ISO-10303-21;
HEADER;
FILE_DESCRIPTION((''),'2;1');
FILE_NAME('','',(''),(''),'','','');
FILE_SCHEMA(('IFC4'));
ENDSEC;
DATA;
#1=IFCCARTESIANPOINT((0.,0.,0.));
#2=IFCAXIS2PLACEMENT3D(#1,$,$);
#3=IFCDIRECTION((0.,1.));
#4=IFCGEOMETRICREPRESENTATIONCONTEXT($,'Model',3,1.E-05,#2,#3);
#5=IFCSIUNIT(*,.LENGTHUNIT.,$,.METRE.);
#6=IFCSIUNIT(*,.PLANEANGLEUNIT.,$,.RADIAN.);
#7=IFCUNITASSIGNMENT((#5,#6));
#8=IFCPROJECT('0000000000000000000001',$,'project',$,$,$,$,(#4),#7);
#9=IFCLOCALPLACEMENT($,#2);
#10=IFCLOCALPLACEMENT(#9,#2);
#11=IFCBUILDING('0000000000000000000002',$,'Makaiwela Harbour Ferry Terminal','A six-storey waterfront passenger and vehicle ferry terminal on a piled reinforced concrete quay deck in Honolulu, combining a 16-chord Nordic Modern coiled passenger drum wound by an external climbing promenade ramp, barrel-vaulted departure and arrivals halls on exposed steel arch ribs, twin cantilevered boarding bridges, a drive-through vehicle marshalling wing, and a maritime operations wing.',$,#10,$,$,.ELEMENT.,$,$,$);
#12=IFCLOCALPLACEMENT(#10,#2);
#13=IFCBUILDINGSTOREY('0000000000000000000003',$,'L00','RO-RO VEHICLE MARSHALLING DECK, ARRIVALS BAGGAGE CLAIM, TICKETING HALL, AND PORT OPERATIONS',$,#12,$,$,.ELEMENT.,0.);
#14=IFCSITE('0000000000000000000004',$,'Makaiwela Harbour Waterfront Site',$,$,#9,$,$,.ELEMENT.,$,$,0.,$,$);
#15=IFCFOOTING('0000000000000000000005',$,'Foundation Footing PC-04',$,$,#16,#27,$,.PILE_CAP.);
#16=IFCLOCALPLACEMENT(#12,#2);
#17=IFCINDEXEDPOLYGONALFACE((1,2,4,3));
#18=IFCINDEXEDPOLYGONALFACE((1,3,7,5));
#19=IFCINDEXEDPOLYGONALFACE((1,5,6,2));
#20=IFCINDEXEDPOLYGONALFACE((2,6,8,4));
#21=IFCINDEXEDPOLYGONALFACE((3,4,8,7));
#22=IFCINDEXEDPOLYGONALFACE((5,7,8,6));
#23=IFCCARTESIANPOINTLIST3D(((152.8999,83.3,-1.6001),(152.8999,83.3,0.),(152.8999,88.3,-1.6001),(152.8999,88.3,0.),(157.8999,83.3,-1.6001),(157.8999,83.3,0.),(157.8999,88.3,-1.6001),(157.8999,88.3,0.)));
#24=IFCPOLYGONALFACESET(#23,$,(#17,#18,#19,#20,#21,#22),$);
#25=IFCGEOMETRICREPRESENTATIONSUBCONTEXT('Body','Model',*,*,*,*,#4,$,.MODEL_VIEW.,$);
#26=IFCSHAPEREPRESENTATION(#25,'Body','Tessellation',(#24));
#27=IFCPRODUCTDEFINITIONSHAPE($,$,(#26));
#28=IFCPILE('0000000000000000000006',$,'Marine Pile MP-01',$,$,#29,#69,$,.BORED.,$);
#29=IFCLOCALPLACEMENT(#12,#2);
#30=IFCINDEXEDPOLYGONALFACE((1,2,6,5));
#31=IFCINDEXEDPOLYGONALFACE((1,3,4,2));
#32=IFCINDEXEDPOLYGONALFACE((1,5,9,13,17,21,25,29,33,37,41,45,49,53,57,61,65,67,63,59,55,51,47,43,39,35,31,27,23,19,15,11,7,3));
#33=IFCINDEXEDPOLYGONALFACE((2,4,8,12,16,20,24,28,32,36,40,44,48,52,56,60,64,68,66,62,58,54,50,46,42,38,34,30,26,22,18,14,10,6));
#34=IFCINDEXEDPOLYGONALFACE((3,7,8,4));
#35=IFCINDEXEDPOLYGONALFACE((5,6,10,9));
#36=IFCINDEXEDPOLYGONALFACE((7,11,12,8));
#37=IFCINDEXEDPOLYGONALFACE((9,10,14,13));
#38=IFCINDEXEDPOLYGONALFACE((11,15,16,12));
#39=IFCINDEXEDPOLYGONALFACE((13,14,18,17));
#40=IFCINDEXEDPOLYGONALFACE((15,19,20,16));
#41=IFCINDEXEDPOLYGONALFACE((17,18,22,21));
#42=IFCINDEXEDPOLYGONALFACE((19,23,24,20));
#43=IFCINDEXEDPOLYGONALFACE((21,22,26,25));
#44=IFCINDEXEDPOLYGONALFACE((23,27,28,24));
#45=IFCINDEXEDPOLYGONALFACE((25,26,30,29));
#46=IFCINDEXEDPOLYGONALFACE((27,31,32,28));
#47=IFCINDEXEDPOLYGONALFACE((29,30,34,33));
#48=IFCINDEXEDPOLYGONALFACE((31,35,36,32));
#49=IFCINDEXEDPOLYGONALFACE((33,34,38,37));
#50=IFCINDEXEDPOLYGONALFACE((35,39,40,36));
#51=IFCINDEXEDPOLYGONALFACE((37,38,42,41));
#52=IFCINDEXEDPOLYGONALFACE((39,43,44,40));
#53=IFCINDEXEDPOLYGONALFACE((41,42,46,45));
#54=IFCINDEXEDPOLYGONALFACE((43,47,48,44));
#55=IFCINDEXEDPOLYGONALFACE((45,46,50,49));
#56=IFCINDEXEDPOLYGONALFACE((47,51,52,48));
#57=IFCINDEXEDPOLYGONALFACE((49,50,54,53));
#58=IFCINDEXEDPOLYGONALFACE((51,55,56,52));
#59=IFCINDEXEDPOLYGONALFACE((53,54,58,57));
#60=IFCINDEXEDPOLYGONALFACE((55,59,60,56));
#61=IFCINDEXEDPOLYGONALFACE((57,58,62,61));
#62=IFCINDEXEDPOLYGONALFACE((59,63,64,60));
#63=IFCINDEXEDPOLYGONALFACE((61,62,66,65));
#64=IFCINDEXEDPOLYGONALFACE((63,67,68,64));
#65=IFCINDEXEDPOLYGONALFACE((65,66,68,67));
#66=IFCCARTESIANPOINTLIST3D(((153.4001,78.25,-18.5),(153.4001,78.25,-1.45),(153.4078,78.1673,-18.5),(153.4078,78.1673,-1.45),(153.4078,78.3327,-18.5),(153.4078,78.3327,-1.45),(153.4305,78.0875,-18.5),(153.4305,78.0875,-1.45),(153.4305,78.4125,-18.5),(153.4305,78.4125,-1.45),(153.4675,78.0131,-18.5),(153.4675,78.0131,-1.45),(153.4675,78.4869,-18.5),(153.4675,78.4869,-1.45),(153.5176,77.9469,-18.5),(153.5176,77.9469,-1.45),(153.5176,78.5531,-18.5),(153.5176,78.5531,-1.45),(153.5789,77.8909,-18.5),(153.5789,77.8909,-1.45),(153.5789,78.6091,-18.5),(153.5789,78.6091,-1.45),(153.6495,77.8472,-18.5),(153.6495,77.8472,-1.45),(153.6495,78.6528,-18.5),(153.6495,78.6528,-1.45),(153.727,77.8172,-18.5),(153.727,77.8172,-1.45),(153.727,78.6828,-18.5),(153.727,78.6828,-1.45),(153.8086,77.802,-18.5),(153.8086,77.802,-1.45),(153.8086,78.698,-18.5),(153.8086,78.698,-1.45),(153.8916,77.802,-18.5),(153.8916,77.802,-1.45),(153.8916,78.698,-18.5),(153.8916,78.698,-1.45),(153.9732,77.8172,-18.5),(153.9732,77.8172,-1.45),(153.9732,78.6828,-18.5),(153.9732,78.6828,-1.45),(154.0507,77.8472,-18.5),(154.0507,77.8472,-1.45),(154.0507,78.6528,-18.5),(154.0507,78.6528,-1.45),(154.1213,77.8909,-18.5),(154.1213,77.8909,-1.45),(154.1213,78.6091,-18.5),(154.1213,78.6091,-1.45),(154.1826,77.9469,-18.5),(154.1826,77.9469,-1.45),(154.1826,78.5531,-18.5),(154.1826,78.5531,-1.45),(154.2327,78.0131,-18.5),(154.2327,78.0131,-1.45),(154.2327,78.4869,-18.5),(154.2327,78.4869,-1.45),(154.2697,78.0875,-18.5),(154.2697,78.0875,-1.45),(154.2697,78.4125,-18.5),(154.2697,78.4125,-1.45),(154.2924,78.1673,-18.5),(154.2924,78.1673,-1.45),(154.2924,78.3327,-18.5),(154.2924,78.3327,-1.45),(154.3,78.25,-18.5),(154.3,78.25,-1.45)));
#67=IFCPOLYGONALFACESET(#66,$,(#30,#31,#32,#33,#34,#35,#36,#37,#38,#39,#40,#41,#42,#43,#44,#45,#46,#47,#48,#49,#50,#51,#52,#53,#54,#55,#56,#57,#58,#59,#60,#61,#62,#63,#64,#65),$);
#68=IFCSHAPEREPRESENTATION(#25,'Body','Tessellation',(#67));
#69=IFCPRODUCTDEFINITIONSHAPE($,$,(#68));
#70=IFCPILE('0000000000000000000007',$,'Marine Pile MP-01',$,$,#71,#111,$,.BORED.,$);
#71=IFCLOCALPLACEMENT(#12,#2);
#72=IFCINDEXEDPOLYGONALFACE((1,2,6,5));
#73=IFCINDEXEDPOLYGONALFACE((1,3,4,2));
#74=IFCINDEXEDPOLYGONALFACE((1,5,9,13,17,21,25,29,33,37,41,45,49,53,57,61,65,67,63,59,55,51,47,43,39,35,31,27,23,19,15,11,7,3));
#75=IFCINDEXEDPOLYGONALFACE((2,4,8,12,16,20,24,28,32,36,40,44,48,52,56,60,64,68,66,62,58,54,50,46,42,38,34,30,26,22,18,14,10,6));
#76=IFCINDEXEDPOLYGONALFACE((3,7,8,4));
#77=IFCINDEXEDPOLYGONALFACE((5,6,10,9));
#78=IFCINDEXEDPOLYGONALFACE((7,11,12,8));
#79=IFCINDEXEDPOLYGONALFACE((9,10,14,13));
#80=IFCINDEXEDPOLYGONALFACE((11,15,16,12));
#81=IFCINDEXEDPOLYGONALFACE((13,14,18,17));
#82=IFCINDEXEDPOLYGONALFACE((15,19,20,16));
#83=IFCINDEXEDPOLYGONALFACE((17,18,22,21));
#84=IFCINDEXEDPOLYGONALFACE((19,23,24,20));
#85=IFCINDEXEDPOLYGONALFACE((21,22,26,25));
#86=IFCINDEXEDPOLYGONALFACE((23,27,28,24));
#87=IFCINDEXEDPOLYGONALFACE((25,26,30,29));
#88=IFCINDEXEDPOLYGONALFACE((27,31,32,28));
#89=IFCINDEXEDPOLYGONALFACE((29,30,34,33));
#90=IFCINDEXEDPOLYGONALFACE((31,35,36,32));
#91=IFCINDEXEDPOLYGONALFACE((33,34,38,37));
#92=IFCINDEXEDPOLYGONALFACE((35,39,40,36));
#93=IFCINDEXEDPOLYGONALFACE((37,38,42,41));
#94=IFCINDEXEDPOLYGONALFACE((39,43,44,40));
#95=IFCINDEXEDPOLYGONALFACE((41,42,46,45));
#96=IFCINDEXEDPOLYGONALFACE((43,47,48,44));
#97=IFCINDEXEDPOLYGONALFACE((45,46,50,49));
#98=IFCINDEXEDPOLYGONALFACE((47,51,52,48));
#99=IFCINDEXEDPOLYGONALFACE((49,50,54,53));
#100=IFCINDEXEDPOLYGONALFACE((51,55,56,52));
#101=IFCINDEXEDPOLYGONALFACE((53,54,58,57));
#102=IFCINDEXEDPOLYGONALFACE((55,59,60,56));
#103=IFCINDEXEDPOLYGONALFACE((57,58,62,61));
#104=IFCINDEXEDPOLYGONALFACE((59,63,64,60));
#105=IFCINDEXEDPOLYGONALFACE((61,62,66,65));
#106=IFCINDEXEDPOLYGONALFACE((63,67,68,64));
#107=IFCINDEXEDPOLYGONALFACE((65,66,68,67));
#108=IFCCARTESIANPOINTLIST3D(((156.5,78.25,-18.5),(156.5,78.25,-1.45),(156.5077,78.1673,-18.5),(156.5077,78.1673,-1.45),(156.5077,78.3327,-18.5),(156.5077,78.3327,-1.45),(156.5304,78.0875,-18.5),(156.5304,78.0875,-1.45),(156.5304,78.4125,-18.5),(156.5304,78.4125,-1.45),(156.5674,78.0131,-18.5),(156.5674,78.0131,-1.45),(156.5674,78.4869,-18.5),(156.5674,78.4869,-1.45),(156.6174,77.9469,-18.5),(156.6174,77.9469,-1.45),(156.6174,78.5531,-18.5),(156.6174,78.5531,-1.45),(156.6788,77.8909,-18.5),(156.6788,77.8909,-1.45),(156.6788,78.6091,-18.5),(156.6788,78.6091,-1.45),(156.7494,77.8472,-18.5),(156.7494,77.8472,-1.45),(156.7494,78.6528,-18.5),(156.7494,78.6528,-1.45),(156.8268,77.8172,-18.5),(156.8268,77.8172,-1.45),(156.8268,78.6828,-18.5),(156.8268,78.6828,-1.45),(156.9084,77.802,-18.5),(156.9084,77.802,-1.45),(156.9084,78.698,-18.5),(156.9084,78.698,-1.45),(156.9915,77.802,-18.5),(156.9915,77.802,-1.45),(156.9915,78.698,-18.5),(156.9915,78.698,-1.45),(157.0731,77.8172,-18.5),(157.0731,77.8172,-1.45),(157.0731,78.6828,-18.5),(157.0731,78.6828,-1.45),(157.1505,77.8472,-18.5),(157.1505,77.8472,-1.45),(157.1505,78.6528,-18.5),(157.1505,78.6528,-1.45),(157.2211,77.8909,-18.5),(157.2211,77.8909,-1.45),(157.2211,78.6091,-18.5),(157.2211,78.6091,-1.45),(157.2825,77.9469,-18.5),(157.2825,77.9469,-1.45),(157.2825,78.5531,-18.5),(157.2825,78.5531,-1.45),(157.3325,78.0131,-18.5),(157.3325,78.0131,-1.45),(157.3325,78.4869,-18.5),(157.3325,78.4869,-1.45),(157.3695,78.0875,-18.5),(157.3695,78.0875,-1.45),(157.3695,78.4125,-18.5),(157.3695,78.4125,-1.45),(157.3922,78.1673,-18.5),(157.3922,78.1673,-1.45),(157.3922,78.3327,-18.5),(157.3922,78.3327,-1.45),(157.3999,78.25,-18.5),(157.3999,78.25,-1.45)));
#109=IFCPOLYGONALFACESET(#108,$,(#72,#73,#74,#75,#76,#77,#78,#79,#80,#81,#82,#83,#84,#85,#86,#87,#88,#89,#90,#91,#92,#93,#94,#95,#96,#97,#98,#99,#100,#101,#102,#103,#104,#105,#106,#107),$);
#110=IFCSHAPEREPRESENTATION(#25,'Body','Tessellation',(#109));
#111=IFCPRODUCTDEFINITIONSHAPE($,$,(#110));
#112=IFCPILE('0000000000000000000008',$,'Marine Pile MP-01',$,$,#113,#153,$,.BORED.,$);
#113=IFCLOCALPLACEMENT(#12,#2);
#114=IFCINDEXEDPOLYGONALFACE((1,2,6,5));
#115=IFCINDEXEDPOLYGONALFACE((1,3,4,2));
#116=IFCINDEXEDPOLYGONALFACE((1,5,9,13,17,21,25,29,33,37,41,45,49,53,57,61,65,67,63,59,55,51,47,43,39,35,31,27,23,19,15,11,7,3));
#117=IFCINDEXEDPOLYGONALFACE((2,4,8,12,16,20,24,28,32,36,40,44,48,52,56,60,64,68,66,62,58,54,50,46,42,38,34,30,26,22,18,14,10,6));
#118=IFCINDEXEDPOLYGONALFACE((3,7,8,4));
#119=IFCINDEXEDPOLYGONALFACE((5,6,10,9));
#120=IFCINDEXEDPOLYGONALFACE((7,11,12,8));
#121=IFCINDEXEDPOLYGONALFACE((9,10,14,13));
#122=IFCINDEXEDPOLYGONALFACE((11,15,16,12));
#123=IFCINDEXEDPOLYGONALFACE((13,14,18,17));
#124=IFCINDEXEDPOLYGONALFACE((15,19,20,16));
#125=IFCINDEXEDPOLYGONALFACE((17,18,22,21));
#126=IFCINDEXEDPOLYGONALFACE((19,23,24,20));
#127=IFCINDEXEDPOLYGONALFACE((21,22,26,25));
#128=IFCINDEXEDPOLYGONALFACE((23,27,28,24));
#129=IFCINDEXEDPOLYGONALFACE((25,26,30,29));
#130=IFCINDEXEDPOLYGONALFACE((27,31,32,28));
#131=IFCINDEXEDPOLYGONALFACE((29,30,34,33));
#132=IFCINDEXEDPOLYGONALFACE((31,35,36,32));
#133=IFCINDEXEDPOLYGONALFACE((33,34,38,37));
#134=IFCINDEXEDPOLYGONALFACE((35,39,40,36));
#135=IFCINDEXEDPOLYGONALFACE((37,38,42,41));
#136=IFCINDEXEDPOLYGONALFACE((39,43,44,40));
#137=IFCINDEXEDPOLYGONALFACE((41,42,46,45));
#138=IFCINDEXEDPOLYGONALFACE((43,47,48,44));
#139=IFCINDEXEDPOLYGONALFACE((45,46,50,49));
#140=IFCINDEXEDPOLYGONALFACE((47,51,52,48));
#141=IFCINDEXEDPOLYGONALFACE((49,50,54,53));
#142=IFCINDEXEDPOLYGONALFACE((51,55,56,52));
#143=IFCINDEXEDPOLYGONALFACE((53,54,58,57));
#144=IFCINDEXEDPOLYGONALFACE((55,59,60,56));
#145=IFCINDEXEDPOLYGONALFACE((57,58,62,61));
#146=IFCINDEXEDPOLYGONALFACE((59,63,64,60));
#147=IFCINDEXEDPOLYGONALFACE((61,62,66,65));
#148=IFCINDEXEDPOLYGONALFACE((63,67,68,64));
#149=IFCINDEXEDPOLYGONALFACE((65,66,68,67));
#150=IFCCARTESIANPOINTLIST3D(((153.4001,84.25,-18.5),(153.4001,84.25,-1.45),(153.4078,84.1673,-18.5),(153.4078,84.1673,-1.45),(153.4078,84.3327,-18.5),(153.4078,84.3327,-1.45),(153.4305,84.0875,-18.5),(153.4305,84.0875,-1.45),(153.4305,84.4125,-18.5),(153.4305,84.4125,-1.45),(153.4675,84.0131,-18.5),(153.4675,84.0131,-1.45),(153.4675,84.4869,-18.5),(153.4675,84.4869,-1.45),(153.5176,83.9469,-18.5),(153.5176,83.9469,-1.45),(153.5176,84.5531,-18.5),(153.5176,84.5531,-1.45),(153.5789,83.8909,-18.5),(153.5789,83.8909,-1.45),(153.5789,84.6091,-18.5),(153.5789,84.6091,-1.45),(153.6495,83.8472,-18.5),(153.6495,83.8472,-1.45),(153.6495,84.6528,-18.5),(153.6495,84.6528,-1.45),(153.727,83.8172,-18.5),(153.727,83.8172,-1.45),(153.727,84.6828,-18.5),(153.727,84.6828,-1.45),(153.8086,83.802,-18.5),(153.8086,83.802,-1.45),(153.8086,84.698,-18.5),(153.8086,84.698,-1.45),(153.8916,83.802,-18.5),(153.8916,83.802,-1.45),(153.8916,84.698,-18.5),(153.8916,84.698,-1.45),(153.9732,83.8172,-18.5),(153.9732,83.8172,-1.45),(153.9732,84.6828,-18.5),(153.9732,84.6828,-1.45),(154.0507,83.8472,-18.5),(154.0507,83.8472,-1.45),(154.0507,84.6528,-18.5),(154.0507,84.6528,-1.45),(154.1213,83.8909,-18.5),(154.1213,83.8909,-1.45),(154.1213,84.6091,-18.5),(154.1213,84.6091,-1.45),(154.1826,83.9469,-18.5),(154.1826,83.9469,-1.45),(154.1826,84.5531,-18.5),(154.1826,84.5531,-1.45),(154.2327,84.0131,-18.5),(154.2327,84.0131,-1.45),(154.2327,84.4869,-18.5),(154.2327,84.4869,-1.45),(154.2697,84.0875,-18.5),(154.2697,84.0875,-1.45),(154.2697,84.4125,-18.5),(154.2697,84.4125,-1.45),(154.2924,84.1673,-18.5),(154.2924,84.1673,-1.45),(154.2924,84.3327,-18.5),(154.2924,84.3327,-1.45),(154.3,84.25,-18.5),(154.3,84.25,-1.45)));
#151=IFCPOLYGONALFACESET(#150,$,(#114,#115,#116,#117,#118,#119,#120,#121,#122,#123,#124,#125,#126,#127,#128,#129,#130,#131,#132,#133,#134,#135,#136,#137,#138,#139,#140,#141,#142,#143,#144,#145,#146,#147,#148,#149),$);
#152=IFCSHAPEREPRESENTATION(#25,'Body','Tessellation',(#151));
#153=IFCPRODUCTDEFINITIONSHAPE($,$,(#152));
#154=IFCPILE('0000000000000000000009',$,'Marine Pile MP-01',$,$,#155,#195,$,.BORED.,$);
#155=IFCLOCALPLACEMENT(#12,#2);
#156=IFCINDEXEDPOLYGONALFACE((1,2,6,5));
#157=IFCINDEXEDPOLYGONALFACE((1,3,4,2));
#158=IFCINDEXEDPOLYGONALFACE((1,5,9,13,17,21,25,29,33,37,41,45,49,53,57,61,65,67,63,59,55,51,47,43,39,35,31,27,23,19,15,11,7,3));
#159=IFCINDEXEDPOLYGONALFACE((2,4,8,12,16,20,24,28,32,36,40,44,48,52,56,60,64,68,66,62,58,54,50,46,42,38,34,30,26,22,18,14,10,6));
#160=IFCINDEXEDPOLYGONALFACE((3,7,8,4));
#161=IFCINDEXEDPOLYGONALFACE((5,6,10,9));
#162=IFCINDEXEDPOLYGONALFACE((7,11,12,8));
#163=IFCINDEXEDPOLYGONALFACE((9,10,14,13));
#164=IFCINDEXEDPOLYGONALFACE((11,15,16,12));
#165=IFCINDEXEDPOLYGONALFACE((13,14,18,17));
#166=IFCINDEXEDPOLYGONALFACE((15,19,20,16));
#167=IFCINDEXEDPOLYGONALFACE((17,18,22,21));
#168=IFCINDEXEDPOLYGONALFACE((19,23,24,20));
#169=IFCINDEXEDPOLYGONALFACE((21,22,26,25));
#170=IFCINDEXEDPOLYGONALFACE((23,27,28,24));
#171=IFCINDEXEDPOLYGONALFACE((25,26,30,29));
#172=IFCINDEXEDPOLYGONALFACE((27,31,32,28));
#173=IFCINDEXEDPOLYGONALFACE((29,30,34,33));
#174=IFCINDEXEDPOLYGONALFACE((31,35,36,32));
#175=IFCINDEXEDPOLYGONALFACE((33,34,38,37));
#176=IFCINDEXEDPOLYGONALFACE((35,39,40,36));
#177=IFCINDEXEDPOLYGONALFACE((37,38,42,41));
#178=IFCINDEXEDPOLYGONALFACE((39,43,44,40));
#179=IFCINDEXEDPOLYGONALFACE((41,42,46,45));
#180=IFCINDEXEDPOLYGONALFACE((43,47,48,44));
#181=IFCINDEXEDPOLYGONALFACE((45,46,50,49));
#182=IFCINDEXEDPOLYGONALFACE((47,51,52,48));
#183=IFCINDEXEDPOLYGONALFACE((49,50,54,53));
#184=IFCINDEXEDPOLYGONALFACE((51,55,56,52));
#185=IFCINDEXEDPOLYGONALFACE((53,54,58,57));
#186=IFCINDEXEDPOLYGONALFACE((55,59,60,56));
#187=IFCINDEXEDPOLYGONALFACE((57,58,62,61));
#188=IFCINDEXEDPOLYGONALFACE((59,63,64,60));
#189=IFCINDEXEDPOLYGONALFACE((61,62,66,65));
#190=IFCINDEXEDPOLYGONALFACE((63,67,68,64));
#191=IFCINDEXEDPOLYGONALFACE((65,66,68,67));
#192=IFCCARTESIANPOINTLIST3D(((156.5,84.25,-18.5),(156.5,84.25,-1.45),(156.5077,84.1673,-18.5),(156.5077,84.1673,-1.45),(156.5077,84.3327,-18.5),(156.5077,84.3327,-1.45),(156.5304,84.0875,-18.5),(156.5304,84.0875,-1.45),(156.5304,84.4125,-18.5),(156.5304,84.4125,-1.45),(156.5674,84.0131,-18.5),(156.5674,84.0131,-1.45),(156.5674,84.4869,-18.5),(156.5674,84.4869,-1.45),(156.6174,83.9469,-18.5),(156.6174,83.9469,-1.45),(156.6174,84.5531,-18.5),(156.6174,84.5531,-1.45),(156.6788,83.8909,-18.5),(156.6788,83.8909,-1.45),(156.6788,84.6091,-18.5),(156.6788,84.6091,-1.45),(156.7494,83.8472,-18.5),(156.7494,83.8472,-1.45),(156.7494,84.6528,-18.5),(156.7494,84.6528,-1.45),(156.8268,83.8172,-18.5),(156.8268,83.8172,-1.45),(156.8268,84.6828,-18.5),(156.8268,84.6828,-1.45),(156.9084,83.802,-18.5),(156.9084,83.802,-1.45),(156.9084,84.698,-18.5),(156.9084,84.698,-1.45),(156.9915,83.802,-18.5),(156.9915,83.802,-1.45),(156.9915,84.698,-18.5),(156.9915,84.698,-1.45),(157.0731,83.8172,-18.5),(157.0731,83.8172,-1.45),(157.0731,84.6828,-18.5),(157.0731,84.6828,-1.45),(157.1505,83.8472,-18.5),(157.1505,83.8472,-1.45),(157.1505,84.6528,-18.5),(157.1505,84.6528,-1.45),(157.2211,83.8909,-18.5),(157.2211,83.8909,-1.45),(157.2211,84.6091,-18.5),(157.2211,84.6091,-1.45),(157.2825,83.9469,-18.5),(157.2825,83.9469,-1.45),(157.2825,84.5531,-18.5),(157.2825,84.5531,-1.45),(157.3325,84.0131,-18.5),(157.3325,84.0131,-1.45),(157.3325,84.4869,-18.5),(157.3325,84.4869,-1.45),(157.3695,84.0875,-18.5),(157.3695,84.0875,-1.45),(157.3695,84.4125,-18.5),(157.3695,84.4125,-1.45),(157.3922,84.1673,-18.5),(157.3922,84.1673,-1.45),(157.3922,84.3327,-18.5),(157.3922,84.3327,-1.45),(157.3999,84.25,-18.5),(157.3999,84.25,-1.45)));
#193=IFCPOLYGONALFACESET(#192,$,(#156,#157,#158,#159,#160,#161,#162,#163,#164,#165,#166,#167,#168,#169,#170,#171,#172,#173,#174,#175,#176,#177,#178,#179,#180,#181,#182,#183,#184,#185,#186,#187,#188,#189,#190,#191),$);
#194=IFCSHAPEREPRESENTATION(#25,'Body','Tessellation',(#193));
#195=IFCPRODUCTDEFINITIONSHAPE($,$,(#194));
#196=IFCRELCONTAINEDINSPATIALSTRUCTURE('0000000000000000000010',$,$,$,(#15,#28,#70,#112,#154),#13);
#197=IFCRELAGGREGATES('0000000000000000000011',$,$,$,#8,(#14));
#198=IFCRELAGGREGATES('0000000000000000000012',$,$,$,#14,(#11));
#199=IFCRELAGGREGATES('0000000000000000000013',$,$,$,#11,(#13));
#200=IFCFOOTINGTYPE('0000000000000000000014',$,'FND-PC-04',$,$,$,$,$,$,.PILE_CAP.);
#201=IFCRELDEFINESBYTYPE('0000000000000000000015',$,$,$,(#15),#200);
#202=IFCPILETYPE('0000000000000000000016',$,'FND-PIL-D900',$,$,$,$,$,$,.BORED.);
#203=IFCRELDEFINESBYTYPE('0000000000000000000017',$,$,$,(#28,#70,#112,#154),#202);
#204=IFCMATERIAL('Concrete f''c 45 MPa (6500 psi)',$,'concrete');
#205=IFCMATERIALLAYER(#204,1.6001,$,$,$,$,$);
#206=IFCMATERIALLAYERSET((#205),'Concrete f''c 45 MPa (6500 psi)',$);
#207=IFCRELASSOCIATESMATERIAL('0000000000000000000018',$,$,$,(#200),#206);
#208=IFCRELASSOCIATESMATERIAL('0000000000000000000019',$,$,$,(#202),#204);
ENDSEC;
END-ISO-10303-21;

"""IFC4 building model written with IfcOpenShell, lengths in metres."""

from ifc_helpers import new_model, si_unit, direction, frame, origin, origin_2d, place, context, subcontext, project, spatial, rectangle, circle, extrude, material, layer, layer_set, material_profile, profile_set, type_object, element, save


model = new_model("IFC4")

# Units and contexts
model_context = context("Model", 3, precision=1e-05, world=origin(), true_north=direction((0.0, 1.0)))
body_context = subcontext(model_context, "Body", "Model", "MODEL_VIEW")
ifc_project = project(units=[si_unit("LENGTHUNIT", "METRE"), si_unit("PLANEANGLEUNIT", "RADIAN")], contexts=[model_context])

# Site, building, storey
site_placement = place(None, origin())
site = spatial("IfcSite", under=ifc_project, at=site_placement, Name="Makaiwela Harbour Waterfront Site", CompositionType="ELEMENT", RefElevation=0.0)
building_placement = place(site_placement, origin())
building = spatial("IfcBuilding", under=site, at=building_placement, Name="Makaiwela Harbour Ferry Terminal", Description="A six-storey waterfront passenger and vehicle ferry terminal on a piled reinforced concrete quay deck in Honolulu, combining a 16-chord Nordic Modern coiled passenger drum wound by an external climbing promenade ramp, barrel-vaulted departure and arrivals halls on exposed steel arch ribs, twin cantilevered boarding bridges, a drive-through vehicle marshalling wing, and a maritime operations wing.", CompositionType="ELEMENT")
storey_placement = place(building_placement, origin())
storey = spatial("IfcBuildingStorey", under=building, at=storey_placement, Name="L00", Description="RO-RO VEHICLE MARSHALLING DECK, ARRIVALS BAGGAGE CLAIM, TICKETING HALL, AND PORT OPERATIONS", CompositionType="ELEMENT", Elevation=0.0)

# Footing
ifc_material_1 = material(Name="Concrete f'c 45 MPa (6500 psi)", Category="concrete")
ifc_layer_1 = layer(ifc_material_1, 1.6001)
ifc_layer_set_1 = layer_set([ifc_layer_1], Name="Concrete f'c 45 MPa (6500 psi)")
footing_type_1 = type_object("IfcFootingType", Name="FND-PC-04", PredefinedType="PILE_CAP", material=ifc_layer_set_1)
footing_1_placement = place(storey_placement, frame((155.3999, 85.8, -1.6001), z_axis=(0.0, 0.0, 1.0), x_axis=(1.0, 0.0, 0.0)))
element("IfcFooting", 1, at=footing_1_placement, inside=storey, type_object=footing_type_1, Name="Foundation Footing PC-04", PredefinedType="PILE_CAP", context=body_context, shape_type="SweptSolid", body=[
    extrude(rectangle(XDim=5.0, YDim=5.0, at=origin_2d()), origin(), (0.0, 0.0, 1.0), 1.6001),
])

# Piles
ifc_material_profile_1 = material_profile(ifc_material_1, circle(Radius=0.45, at=origin_2d()), Name="PILE-D900")
ifc_profile_set_1 = profile_set([ifc_material_profile_1], Name="Concrete f'c 45 MPa (6500 psi)")
pile_type = type_object("IfcPileType", Name="FND-PIL-D900", PredefinedType="BORED", material=ifc_profile_set_1)
for number, where, z_axis, x_axis, name in (
    (2, (153.8501, 78.25, -1.45), (0.0, 0.0, -1.0), (1.0, 0.0, 0.0), "Marine Pile MP-01"),
    (3, (156.95, 78.25, -1.45), (0.0, 0.0, -1.0), (1.0, 0.0, 0.0), "Marine Pile MP-01"),
    (4, (153.8501, 84.25, -1.45), (0.0, 0.0, -1.0), (1.0, 0.0, 0.0), "Marine Pile MP-01"),
    (5, (156.95, 84.25, -1.45), (0.0, 0.0, -1.0), (1.0, 0.0, 0.0), "Marine Pile MP-01"),
):
    element("IfcPile", number, at=place(storey_placement, frame(where, z_axis=z_axis, x_axis=x_axis)), inside=storey, type_object=pile_type, Name=name, PredefinedType="BORED", context=body_context, shape_type="SweptSolid", body=[
        extrude(circle(Radius=0.45, at=origin_2d()), origin(), (0.0, 0.0, 1.0), 17.05),
    ])

save(model, "model.ifc")
